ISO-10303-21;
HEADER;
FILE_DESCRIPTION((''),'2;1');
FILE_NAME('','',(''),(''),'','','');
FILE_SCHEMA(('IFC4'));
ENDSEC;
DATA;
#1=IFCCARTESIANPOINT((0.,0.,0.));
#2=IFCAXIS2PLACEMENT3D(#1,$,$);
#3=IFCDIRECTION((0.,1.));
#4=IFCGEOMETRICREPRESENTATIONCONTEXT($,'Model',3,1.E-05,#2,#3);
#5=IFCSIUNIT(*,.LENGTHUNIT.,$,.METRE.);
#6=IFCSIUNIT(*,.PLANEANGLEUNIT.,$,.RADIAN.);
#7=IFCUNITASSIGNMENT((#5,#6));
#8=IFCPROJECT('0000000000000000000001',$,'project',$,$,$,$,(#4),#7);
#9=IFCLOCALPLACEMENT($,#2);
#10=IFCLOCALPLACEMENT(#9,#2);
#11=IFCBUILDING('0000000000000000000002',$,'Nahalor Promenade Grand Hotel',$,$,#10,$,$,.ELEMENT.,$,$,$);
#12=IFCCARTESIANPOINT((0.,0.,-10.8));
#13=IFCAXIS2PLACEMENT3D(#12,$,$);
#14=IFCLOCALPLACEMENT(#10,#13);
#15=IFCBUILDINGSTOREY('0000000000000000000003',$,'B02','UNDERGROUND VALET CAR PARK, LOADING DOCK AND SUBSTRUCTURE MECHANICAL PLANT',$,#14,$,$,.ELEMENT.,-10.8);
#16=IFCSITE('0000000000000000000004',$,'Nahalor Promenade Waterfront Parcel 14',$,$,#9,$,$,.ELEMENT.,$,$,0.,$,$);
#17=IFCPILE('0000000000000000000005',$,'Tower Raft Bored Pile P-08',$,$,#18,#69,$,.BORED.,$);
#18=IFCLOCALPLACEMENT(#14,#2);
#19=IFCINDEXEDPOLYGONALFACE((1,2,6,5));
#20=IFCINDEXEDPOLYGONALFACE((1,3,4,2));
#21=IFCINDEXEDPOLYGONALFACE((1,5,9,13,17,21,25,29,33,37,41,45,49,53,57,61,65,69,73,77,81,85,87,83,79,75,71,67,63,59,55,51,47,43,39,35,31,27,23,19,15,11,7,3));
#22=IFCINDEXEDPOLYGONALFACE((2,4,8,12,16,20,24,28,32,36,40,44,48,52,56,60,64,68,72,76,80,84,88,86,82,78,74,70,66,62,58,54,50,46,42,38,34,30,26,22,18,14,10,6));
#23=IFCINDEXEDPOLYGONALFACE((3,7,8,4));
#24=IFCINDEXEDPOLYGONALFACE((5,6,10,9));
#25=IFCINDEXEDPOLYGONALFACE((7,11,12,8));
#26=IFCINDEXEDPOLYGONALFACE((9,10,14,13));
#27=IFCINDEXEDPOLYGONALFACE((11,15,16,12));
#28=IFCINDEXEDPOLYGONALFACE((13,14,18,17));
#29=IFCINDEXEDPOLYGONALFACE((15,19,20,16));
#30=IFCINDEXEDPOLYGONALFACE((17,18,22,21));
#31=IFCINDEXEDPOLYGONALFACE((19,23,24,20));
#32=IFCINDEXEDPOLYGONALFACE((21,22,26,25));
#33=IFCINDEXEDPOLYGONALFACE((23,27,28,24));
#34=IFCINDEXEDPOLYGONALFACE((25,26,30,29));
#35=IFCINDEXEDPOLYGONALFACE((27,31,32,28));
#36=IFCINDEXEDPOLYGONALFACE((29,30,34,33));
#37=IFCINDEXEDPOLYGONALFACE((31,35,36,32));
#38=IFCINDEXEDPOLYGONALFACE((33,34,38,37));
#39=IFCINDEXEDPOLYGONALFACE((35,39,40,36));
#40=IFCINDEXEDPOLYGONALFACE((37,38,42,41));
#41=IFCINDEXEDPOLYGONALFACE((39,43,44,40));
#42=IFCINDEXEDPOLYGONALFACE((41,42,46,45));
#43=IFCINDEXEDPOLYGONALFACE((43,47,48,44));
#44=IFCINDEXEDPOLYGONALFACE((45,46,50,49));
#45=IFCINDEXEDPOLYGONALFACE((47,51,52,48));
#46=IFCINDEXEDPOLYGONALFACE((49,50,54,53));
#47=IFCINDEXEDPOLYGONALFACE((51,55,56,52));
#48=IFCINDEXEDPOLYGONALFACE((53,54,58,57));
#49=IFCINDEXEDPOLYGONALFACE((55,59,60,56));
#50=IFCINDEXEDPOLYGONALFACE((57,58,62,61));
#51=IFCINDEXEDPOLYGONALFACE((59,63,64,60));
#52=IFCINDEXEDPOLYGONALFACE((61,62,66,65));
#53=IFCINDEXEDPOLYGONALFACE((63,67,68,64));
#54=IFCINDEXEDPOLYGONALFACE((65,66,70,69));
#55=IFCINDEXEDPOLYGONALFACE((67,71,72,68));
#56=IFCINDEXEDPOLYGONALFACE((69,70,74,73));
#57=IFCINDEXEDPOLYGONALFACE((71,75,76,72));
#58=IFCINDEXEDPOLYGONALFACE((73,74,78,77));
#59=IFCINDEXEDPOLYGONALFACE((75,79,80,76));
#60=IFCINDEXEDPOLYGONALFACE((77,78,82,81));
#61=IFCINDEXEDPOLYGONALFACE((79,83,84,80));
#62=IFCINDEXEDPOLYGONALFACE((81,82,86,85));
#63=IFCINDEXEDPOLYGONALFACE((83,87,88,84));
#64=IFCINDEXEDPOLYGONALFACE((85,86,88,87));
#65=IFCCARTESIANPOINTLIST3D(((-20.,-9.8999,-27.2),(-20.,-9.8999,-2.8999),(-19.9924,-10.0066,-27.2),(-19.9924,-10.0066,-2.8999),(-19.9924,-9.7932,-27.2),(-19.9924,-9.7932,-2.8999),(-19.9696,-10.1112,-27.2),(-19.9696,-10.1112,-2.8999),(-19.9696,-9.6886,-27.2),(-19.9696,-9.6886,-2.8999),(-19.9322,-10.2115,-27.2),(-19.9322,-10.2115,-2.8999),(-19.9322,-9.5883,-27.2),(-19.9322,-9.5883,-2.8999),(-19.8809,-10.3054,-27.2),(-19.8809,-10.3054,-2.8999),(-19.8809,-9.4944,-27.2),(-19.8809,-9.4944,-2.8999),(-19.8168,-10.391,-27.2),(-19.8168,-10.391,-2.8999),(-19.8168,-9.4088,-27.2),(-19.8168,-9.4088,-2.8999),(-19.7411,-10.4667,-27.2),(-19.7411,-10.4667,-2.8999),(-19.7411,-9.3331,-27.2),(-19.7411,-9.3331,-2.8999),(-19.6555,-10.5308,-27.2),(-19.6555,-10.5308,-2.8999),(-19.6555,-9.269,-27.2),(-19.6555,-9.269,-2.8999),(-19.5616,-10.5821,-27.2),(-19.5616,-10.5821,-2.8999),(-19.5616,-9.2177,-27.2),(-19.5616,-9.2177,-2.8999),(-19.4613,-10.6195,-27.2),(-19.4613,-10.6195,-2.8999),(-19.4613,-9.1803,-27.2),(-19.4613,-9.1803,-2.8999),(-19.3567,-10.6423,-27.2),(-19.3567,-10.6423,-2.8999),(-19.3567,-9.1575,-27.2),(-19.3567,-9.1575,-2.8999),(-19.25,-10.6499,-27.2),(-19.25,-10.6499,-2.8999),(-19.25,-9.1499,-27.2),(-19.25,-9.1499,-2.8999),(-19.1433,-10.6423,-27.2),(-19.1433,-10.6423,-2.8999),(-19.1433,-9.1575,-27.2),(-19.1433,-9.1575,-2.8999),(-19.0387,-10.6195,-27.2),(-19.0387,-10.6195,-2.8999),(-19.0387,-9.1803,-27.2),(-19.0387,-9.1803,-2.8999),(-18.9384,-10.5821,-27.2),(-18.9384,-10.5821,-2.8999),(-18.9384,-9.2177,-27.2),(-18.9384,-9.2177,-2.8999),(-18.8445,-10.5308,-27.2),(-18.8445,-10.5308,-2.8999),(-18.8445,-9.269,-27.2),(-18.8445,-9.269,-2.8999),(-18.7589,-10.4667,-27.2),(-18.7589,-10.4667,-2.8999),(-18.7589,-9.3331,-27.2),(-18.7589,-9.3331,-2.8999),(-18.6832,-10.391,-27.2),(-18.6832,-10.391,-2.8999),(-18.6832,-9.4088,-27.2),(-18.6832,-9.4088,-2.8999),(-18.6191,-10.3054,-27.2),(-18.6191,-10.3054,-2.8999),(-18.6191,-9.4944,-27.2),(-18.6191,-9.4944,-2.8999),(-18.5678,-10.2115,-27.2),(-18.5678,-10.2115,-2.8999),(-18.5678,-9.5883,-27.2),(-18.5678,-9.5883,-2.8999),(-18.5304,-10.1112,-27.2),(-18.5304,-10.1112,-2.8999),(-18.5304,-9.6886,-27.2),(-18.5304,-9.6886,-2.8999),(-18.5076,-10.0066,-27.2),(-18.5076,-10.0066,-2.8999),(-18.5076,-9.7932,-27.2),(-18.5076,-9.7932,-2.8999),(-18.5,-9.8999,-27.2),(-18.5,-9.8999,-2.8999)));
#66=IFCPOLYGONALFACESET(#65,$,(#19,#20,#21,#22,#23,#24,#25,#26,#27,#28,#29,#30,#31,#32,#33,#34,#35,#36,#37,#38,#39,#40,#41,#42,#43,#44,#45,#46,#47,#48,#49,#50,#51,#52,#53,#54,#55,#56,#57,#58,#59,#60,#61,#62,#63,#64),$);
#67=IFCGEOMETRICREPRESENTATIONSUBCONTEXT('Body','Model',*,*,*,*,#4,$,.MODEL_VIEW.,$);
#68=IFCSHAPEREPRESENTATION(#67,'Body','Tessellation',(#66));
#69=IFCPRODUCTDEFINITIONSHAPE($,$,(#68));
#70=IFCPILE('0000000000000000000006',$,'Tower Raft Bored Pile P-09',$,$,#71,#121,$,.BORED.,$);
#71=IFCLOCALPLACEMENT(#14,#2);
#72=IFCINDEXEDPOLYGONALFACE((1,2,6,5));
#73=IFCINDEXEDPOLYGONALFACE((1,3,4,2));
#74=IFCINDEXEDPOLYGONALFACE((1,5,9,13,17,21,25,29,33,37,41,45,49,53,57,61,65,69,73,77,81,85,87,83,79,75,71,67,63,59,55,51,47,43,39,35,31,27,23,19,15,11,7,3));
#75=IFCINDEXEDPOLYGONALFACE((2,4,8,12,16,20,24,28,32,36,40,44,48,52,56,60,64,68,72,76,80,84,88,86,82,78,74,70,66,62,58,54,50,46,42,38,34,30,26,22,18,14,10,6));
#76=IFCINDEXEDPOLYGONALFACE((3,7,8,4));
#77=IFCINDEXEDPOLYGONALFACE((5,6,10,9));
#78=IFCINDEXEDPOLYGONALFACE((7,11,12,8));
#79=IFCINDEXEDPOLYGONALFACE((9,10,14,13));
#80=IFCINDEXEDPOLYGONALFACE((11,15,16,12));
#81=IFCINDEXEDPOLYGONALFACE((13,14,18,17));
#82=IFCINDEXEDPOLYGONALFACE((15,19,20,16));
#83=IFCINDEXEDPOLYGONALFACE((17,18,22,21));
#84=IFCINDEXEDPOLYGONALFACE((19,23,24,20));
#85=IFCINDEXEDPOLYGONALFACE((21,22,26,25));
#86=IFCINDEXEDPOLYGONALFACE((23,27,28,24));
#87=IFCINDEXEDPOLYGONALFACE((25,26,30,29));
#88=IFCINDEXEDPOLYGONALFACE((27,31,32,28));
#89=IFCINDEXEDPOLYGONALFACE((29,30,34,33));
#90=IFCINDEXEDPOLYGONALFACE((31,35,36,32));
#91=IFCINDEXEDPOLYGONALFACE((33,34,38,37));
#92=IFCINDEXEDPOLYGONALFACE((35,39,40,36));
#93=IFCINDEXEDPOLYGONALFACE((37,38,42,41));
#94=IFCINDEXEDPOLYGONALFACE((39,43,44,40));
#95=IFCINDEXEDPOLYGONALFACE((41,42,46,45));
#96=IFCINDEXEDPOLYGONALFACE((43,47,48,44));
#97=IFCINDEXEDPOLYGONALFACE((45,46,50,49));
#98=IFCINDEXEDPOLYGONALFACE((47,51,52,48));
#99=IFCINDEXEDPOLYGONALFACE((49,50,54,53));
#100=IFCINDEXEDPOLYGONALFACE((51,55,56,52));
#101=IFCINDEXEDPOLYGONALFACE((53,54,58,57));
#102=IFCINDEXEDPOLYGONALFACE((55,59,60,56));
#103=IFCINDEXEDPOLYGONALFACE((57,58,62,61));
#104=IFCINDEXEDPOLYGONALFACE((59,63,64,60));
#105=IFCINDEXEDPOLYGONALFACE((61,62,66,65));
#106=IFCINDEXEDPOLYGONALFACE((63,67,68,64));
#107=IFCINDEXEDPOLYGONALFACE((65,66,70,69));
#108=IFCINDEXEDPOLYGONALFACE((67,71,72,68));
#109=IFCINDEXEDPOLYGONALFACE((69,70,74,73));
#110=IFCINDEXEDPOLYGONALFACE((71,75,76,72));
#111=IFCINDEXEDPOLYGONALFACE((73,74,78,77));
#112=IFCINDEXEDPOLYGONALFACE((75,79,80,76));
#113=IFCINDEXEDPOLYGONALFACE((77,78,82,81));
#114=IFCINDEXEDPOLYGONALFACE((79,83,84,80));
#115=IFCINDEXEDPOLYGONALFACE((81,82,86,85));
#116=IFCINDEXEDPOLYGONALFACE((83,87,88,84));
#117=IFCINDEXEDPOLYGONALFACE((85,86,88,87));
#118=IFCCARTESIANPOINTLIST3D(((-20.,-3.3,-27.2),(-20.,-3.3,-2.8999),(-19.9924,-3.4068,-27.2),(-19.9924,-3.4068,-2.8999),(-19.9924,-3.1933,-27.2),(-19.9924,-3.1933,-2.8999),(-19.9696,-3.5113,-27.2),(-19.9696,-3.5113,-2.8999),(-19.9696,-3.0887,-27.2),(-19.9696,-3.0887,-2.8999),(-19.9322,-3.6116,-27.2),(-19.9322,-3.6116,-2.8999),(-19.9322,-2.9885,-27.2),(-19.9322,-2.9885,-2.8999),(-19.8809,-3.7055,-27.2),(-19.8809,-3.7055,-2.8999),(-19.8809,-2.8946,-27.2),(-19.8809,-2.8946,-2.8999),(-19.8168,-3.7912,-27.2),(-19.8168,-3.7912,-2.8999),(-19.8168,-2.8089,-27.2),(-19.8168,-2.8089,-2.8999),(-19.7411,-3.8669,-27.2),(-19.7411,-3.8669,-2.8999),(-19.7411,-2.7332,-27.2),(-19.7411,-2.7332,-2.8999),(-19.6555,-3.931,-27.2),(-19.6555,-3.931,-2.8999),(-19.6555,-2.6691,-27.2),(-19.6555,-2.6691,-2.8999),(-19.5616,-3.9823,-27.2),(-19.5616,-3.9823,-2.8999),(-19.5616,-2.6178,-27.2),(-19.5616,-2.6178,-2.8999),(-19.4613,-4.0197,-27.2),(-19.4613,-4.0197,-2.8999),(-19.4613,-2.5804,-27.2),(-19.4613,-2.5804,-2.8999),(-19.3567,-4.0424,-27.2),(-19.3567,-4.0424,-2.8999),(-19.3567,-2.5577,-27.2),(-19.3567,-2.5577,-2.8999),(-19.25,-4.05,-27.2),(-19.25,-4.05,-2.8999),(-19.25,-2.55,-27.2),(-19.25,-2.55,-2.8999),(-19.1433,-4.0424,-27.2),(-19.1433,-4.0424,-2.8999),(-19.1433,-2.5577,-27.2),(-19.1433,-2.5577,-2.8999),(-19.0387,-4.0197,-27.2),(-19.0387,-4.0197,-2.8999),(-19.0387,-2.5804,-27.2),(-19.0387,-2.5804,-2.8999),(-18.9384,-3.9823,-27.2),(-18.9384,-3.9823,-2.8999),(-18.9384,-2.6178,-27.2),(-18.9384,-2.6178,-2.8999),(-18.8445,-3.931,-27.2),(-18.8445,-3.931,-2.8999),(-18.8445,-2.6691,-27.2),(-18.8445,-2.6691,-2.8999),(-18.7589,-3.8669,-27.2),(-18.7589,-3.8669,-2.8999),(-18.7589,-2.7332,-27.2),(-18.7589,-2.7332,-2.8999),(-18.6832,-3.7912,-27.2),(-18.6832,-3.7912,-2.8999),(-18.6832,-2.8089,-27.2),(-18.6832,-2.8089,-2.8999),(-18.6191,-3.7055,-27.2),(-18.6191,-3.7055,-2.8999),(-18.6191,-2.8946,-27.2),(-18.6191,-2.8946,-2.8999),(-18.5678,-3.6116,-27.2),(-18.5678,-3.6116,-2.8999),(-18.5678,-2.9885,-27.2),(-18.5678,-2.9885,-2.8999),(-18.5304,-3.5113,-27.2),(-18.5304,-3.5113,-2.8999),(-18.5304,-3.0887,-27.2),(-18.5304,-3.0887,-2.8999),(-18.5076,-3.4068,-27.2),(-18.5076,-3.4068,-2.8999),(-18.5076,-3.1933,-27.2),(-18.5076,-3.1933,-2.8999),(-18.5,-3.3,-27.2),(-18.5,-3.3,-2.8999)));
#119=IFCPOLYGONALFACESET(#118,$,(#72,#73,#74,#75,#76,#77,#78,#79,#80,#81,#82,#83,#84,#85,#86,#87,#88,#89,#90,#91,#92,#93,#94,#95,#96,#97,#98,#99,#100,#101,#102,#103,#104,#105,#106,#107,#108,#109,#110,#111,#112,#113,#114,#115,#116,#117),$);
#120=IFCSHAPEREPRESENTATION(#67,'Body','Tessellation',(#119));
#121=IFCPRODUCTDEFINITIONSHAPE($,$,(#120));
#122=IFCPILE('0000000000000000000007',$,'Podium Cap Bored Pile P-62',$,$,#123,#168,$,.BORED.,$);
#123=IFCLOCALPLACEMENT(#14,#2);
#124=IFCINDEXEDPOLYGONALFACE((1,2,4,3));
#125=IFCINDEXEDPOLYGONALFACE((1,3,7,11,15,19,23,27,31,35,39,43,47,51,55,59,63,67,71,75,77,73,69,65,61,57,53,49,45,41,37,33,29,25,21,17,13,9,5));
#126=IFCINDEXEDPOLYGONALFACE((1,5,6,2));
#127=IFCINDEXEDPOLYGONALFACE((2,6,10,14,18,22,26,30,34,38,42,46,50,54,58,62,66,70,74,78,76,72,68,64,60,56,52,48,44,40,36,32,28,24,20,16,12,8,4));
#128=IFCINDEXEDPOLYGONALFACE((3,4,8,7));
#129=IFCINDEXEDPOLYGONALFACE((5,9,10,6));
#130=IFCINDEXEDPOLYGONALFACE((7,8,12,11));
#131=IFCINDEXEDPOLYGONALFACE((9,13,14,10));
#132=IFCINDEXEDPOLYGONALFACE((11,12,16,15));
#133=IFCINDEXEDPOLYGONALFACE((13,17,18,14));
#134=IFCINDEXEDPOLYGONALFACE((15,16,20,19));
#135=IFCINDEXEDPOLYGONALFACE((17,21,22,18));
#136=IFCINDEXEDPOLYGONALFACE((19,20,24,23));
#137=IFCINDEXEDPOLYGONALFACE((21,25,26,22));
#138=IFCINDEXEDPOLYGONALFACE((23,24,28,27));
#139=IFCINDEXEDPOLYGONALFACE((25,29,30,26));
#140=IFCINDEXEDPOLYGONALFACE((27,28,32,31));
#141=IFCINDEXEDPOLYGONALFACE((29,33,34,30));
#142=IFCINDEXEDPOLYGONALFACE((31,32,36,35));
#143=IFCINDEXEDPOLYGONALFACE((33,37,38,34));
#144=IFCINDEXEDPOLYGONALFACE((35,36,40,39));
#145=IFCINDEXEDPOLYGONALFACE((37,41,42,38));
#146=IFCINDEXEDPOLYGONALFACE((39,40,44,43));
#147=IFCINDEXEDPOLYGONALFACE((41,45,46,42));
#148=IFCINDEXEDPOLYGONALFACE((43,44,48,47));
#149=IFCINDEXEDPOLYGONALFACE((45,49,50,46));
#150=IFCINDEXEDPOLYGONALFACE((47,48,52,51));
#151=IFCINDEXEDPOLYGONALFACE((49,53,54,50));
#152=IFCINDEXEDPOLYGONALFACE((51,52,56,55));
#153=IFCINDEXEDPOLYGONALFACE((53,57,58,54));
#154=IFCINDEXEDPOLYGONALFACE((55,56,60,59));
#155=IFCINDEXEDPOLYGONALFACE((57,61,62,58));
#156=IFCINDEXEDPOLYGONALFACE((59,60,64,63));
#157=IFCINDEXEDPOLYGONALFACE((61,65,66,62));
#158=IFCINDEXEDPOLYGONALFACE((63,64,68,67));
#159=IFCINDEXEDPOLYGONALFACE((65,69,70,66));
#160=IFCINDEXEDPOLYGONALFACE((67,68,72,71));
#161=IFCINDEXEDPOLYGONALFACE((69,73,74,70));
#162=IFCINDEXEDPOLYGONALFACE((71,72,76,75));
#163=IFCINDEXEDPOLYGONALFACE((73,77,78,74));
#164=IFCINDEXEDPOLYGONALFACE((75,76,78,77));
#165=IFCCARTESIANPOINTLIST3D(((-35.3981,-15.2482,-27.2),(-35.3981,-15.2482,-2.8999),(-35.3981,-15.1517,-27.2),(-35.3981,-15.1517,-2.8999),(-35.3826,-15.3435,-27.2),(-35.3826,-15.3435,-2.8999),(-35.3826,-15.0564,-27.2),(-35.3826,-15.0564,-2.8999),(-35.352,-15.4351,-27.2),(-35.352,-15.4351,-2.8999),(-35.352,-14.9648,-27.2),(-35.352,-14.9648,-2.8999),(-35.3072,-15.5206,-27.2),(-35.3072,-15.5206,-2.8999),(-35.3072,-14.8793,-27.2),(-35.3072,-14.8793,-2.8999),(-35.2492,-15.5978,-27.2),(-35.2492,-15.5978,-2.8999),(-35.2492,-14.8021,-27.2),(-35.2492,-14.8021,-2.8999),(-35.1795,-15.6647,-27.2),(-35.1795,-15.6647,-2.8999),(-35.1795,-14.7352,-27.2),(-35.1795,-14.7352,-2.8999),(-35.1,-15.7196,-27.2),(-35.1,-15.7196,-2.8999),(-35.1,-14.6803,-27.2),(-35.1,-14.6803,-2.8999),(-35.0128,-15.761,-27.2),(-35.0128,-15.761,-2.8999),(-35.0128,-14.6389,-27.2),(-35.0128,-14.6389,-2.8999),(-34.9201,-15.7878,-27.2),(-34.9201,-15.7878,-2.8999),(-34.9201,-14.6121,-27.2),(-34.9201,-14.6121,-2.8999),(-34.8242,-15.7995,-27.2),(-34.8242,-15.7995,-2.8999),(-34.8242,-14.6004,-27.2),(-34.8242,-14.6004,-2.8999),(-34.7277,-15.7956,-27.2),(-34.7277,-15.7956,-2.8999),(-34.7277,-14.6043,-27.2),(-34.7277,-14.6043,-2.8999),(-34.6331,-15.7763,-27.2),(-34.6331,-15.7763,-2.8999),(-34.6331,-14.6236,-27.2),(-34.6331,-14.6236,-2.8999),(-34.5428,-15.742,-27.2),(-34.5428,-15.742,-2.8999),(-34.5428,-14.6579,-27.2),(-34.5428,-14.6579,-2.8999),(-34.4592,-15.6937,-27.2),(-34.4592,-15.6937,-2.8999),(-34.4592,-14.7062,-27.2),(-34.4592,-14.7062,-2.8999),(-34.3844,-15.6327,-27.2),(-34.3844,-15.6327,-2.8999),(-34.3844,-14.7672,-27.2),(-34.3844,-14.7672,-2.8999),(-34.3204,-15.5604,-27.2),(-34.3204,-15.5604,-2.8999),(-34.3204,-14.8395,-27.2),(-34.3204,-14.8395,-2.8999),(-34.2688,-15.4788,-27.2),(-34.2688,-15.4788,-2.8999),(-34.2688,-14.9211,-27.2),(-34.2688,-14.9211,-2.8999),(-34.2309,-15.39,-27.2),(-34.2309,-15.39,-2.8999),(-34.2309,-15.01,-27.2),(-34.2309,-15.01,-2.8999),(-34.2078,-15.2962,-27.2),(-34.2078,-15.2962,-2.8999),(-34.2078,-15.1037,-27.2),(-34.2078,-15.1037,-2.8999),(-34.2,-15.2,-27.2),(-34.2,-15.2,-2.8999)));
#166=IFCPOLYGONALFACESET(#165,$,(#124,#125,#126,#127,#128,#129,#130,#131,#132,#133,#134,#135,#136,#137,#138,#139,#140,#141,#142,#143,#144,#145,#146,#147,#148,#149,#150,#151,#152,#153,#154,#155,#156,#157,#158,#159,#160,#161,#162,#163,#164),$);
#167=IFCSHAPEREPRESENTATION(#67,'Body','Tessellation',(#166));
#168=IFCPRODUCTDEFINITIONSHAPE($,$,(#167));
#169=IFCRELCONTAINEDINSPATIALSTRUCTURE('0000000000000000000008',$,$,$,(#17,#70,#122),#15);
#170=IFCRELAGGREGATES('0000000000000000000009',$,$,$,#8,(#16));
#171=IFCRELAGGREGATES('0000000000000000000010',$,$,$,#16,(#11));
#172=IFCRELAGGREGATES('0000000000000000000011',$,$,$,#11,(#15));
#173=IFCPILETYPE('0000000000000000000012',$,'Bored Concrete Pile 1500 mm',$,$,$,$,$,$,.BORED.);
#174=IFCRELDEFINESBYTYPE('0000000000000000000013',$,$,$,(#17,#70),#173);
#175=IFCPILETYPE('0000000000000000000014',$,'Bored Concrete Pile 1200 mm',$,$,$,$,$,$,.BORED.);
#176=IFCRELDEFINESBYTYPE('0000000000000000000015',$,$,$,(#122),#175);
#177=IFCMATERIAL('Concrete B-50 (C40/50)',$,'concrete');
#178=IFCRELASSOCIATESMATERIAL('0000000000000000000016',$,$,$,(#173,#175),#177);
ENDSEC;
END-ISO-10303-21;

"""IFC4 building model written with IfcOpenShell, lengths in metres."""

from ifc_helpers import new_model, si_unit, direction, frame, origin, origin_2d, place, context, subcontext, project, spatial, circle, extrude, source, transform, mapped, material, material_profile, profile_set, type_object, element, save


model = new_model("IFC4")

# Units and contexts
model_context = context("Model", 3, precision=1e-05, world=origin(), true_north=direction((0.0, 1.0)))
body_context = subcontext(model_context, "Body", "Model", "MODEL_VIEW")
ifc_project = project(units=[si_unit("LENGTHUNIT", "METRE"), si_unit("PLANEANGLEUNIT", "RADIAN")], contexts=[model_context])

# Site, building, storey
site_placement = place(None, origin())
site = spatial("IfcSite", under=ifc_project, at=site_placement, Name="Nahalor Promenade Waterfront Parcel 14", CompositionType="ELEMENT", RefElevation=0.0)
building_placement = place(site_placement, origin())
building = spatial("IfcBuilding", under=site, at=building_placement, Name="Nahalor Promenade Grand Hotel", CompositionType="ELEMENT")
storey_placement = place(building_placement, frame((0.0, 0.0, -10.8)))
storey = spatial("IfcBuildingStorey", under=building, at=storey_placement, Name="B02", Description="UNDERGROUND VALET CAR PARK, LOADING DOCK AND SUBSTRUCTURE MECHANICAL PLANT", CompositionType="ELEMENT", Elevation=-10.8)

# Piles
ifc_material_1 = material(Name="Concrete B-50 (C40/50)", Category="concrete")
ifc_material_profile_1 = material_profile(ifc_material_1, circle(Radius=0.75, at=origin_2d()), Name="PILE D1500")
ifc_profile_set_1 = profile_set([ifc_material_profile_1], Name="Concrete B-50 (C40/50)")
pile_type_1 = type_object("IfcPileType", Name="Bored Concrete Pile 1500 mm", PredefinedType="BORED", material=ifc_profile_set_1)
shared_shape_1 = source(origin(), body_context, "Body", "SweptSolid", [
    extrude(circle(Radius=0.75, at=origin_2d()), origin(), (0.0, 0.0, 1.0), 24.3),
])
for number, where, z_axis, x_axis, name in (
    (1, (-19.25, -9.8999, -2.8999), (0.0, 0.0, -1.0), (1.0, 0.0, 0.0), "Tower Raft Bored Pile P-08"),
    (2, (-19.25, -3.3, -2.8999), (0.0, 0.0, -1.0), (1.0, 0.0, 0.0), "Tower Raft Bored Pile P-09"),
):
    element("IfcPile", number, at=place(storey_placement, frame(where, z_axis=z_axis, x_axis=x_axis)), inside=storey, type_object=pile_type_1, Name=name, PredefinedType="BORED", context=body_context, shape_type="MappedRepresentation", body=[
        mapped(shared_shape_1, transform((0.0, 0.0, 0.0), scale=1.0)),
    ])
ifc_material_profile_2 = material_profile(ifc_material_1, circle(Radius=0.6, at=origin_2d()), Name="PILE D1200")
ifc_profile_set_2 = profile_set([ifc_material_profile_2], Name="Concrete B-50 (C40/50)")
pile_type_2 = type_object("IfcPileType", Name="Bored Concrete Pile 1200 mm", PredefinedType="BORED", material=ifc_profile_set_2)
shared_shape_2 = source(origin(), body_context, "Body", "SweptSolid", [
    extrude(circle(Radius=0.6, at=origin_2d()), origin(), (0.0, 0.0, 1.0), 24.3),
])
for number, where, z_axis, x_axis, name in (
    (3, (-34.8, -15.2, -2.8999), (0.0, 0.0, -1.0), (1.0, 0.0, 0.0), "Podium Cap Bored Pile P-62"),
):
    element("IfcPile", number, at=place(storey_placement, frame(where, z_axis=z_axis, x_axis=x_axis)), inside=storey, type_object=pile_type_2, Name=name, PredefinedType="BORED", context=body_context, shape_type="MappedRepresentation", body=[
        mapped(shared_shape_2, transform((0.0, 0.0, 0.0), scale=1.0)),
    ])

save(model, "model.ifc")
